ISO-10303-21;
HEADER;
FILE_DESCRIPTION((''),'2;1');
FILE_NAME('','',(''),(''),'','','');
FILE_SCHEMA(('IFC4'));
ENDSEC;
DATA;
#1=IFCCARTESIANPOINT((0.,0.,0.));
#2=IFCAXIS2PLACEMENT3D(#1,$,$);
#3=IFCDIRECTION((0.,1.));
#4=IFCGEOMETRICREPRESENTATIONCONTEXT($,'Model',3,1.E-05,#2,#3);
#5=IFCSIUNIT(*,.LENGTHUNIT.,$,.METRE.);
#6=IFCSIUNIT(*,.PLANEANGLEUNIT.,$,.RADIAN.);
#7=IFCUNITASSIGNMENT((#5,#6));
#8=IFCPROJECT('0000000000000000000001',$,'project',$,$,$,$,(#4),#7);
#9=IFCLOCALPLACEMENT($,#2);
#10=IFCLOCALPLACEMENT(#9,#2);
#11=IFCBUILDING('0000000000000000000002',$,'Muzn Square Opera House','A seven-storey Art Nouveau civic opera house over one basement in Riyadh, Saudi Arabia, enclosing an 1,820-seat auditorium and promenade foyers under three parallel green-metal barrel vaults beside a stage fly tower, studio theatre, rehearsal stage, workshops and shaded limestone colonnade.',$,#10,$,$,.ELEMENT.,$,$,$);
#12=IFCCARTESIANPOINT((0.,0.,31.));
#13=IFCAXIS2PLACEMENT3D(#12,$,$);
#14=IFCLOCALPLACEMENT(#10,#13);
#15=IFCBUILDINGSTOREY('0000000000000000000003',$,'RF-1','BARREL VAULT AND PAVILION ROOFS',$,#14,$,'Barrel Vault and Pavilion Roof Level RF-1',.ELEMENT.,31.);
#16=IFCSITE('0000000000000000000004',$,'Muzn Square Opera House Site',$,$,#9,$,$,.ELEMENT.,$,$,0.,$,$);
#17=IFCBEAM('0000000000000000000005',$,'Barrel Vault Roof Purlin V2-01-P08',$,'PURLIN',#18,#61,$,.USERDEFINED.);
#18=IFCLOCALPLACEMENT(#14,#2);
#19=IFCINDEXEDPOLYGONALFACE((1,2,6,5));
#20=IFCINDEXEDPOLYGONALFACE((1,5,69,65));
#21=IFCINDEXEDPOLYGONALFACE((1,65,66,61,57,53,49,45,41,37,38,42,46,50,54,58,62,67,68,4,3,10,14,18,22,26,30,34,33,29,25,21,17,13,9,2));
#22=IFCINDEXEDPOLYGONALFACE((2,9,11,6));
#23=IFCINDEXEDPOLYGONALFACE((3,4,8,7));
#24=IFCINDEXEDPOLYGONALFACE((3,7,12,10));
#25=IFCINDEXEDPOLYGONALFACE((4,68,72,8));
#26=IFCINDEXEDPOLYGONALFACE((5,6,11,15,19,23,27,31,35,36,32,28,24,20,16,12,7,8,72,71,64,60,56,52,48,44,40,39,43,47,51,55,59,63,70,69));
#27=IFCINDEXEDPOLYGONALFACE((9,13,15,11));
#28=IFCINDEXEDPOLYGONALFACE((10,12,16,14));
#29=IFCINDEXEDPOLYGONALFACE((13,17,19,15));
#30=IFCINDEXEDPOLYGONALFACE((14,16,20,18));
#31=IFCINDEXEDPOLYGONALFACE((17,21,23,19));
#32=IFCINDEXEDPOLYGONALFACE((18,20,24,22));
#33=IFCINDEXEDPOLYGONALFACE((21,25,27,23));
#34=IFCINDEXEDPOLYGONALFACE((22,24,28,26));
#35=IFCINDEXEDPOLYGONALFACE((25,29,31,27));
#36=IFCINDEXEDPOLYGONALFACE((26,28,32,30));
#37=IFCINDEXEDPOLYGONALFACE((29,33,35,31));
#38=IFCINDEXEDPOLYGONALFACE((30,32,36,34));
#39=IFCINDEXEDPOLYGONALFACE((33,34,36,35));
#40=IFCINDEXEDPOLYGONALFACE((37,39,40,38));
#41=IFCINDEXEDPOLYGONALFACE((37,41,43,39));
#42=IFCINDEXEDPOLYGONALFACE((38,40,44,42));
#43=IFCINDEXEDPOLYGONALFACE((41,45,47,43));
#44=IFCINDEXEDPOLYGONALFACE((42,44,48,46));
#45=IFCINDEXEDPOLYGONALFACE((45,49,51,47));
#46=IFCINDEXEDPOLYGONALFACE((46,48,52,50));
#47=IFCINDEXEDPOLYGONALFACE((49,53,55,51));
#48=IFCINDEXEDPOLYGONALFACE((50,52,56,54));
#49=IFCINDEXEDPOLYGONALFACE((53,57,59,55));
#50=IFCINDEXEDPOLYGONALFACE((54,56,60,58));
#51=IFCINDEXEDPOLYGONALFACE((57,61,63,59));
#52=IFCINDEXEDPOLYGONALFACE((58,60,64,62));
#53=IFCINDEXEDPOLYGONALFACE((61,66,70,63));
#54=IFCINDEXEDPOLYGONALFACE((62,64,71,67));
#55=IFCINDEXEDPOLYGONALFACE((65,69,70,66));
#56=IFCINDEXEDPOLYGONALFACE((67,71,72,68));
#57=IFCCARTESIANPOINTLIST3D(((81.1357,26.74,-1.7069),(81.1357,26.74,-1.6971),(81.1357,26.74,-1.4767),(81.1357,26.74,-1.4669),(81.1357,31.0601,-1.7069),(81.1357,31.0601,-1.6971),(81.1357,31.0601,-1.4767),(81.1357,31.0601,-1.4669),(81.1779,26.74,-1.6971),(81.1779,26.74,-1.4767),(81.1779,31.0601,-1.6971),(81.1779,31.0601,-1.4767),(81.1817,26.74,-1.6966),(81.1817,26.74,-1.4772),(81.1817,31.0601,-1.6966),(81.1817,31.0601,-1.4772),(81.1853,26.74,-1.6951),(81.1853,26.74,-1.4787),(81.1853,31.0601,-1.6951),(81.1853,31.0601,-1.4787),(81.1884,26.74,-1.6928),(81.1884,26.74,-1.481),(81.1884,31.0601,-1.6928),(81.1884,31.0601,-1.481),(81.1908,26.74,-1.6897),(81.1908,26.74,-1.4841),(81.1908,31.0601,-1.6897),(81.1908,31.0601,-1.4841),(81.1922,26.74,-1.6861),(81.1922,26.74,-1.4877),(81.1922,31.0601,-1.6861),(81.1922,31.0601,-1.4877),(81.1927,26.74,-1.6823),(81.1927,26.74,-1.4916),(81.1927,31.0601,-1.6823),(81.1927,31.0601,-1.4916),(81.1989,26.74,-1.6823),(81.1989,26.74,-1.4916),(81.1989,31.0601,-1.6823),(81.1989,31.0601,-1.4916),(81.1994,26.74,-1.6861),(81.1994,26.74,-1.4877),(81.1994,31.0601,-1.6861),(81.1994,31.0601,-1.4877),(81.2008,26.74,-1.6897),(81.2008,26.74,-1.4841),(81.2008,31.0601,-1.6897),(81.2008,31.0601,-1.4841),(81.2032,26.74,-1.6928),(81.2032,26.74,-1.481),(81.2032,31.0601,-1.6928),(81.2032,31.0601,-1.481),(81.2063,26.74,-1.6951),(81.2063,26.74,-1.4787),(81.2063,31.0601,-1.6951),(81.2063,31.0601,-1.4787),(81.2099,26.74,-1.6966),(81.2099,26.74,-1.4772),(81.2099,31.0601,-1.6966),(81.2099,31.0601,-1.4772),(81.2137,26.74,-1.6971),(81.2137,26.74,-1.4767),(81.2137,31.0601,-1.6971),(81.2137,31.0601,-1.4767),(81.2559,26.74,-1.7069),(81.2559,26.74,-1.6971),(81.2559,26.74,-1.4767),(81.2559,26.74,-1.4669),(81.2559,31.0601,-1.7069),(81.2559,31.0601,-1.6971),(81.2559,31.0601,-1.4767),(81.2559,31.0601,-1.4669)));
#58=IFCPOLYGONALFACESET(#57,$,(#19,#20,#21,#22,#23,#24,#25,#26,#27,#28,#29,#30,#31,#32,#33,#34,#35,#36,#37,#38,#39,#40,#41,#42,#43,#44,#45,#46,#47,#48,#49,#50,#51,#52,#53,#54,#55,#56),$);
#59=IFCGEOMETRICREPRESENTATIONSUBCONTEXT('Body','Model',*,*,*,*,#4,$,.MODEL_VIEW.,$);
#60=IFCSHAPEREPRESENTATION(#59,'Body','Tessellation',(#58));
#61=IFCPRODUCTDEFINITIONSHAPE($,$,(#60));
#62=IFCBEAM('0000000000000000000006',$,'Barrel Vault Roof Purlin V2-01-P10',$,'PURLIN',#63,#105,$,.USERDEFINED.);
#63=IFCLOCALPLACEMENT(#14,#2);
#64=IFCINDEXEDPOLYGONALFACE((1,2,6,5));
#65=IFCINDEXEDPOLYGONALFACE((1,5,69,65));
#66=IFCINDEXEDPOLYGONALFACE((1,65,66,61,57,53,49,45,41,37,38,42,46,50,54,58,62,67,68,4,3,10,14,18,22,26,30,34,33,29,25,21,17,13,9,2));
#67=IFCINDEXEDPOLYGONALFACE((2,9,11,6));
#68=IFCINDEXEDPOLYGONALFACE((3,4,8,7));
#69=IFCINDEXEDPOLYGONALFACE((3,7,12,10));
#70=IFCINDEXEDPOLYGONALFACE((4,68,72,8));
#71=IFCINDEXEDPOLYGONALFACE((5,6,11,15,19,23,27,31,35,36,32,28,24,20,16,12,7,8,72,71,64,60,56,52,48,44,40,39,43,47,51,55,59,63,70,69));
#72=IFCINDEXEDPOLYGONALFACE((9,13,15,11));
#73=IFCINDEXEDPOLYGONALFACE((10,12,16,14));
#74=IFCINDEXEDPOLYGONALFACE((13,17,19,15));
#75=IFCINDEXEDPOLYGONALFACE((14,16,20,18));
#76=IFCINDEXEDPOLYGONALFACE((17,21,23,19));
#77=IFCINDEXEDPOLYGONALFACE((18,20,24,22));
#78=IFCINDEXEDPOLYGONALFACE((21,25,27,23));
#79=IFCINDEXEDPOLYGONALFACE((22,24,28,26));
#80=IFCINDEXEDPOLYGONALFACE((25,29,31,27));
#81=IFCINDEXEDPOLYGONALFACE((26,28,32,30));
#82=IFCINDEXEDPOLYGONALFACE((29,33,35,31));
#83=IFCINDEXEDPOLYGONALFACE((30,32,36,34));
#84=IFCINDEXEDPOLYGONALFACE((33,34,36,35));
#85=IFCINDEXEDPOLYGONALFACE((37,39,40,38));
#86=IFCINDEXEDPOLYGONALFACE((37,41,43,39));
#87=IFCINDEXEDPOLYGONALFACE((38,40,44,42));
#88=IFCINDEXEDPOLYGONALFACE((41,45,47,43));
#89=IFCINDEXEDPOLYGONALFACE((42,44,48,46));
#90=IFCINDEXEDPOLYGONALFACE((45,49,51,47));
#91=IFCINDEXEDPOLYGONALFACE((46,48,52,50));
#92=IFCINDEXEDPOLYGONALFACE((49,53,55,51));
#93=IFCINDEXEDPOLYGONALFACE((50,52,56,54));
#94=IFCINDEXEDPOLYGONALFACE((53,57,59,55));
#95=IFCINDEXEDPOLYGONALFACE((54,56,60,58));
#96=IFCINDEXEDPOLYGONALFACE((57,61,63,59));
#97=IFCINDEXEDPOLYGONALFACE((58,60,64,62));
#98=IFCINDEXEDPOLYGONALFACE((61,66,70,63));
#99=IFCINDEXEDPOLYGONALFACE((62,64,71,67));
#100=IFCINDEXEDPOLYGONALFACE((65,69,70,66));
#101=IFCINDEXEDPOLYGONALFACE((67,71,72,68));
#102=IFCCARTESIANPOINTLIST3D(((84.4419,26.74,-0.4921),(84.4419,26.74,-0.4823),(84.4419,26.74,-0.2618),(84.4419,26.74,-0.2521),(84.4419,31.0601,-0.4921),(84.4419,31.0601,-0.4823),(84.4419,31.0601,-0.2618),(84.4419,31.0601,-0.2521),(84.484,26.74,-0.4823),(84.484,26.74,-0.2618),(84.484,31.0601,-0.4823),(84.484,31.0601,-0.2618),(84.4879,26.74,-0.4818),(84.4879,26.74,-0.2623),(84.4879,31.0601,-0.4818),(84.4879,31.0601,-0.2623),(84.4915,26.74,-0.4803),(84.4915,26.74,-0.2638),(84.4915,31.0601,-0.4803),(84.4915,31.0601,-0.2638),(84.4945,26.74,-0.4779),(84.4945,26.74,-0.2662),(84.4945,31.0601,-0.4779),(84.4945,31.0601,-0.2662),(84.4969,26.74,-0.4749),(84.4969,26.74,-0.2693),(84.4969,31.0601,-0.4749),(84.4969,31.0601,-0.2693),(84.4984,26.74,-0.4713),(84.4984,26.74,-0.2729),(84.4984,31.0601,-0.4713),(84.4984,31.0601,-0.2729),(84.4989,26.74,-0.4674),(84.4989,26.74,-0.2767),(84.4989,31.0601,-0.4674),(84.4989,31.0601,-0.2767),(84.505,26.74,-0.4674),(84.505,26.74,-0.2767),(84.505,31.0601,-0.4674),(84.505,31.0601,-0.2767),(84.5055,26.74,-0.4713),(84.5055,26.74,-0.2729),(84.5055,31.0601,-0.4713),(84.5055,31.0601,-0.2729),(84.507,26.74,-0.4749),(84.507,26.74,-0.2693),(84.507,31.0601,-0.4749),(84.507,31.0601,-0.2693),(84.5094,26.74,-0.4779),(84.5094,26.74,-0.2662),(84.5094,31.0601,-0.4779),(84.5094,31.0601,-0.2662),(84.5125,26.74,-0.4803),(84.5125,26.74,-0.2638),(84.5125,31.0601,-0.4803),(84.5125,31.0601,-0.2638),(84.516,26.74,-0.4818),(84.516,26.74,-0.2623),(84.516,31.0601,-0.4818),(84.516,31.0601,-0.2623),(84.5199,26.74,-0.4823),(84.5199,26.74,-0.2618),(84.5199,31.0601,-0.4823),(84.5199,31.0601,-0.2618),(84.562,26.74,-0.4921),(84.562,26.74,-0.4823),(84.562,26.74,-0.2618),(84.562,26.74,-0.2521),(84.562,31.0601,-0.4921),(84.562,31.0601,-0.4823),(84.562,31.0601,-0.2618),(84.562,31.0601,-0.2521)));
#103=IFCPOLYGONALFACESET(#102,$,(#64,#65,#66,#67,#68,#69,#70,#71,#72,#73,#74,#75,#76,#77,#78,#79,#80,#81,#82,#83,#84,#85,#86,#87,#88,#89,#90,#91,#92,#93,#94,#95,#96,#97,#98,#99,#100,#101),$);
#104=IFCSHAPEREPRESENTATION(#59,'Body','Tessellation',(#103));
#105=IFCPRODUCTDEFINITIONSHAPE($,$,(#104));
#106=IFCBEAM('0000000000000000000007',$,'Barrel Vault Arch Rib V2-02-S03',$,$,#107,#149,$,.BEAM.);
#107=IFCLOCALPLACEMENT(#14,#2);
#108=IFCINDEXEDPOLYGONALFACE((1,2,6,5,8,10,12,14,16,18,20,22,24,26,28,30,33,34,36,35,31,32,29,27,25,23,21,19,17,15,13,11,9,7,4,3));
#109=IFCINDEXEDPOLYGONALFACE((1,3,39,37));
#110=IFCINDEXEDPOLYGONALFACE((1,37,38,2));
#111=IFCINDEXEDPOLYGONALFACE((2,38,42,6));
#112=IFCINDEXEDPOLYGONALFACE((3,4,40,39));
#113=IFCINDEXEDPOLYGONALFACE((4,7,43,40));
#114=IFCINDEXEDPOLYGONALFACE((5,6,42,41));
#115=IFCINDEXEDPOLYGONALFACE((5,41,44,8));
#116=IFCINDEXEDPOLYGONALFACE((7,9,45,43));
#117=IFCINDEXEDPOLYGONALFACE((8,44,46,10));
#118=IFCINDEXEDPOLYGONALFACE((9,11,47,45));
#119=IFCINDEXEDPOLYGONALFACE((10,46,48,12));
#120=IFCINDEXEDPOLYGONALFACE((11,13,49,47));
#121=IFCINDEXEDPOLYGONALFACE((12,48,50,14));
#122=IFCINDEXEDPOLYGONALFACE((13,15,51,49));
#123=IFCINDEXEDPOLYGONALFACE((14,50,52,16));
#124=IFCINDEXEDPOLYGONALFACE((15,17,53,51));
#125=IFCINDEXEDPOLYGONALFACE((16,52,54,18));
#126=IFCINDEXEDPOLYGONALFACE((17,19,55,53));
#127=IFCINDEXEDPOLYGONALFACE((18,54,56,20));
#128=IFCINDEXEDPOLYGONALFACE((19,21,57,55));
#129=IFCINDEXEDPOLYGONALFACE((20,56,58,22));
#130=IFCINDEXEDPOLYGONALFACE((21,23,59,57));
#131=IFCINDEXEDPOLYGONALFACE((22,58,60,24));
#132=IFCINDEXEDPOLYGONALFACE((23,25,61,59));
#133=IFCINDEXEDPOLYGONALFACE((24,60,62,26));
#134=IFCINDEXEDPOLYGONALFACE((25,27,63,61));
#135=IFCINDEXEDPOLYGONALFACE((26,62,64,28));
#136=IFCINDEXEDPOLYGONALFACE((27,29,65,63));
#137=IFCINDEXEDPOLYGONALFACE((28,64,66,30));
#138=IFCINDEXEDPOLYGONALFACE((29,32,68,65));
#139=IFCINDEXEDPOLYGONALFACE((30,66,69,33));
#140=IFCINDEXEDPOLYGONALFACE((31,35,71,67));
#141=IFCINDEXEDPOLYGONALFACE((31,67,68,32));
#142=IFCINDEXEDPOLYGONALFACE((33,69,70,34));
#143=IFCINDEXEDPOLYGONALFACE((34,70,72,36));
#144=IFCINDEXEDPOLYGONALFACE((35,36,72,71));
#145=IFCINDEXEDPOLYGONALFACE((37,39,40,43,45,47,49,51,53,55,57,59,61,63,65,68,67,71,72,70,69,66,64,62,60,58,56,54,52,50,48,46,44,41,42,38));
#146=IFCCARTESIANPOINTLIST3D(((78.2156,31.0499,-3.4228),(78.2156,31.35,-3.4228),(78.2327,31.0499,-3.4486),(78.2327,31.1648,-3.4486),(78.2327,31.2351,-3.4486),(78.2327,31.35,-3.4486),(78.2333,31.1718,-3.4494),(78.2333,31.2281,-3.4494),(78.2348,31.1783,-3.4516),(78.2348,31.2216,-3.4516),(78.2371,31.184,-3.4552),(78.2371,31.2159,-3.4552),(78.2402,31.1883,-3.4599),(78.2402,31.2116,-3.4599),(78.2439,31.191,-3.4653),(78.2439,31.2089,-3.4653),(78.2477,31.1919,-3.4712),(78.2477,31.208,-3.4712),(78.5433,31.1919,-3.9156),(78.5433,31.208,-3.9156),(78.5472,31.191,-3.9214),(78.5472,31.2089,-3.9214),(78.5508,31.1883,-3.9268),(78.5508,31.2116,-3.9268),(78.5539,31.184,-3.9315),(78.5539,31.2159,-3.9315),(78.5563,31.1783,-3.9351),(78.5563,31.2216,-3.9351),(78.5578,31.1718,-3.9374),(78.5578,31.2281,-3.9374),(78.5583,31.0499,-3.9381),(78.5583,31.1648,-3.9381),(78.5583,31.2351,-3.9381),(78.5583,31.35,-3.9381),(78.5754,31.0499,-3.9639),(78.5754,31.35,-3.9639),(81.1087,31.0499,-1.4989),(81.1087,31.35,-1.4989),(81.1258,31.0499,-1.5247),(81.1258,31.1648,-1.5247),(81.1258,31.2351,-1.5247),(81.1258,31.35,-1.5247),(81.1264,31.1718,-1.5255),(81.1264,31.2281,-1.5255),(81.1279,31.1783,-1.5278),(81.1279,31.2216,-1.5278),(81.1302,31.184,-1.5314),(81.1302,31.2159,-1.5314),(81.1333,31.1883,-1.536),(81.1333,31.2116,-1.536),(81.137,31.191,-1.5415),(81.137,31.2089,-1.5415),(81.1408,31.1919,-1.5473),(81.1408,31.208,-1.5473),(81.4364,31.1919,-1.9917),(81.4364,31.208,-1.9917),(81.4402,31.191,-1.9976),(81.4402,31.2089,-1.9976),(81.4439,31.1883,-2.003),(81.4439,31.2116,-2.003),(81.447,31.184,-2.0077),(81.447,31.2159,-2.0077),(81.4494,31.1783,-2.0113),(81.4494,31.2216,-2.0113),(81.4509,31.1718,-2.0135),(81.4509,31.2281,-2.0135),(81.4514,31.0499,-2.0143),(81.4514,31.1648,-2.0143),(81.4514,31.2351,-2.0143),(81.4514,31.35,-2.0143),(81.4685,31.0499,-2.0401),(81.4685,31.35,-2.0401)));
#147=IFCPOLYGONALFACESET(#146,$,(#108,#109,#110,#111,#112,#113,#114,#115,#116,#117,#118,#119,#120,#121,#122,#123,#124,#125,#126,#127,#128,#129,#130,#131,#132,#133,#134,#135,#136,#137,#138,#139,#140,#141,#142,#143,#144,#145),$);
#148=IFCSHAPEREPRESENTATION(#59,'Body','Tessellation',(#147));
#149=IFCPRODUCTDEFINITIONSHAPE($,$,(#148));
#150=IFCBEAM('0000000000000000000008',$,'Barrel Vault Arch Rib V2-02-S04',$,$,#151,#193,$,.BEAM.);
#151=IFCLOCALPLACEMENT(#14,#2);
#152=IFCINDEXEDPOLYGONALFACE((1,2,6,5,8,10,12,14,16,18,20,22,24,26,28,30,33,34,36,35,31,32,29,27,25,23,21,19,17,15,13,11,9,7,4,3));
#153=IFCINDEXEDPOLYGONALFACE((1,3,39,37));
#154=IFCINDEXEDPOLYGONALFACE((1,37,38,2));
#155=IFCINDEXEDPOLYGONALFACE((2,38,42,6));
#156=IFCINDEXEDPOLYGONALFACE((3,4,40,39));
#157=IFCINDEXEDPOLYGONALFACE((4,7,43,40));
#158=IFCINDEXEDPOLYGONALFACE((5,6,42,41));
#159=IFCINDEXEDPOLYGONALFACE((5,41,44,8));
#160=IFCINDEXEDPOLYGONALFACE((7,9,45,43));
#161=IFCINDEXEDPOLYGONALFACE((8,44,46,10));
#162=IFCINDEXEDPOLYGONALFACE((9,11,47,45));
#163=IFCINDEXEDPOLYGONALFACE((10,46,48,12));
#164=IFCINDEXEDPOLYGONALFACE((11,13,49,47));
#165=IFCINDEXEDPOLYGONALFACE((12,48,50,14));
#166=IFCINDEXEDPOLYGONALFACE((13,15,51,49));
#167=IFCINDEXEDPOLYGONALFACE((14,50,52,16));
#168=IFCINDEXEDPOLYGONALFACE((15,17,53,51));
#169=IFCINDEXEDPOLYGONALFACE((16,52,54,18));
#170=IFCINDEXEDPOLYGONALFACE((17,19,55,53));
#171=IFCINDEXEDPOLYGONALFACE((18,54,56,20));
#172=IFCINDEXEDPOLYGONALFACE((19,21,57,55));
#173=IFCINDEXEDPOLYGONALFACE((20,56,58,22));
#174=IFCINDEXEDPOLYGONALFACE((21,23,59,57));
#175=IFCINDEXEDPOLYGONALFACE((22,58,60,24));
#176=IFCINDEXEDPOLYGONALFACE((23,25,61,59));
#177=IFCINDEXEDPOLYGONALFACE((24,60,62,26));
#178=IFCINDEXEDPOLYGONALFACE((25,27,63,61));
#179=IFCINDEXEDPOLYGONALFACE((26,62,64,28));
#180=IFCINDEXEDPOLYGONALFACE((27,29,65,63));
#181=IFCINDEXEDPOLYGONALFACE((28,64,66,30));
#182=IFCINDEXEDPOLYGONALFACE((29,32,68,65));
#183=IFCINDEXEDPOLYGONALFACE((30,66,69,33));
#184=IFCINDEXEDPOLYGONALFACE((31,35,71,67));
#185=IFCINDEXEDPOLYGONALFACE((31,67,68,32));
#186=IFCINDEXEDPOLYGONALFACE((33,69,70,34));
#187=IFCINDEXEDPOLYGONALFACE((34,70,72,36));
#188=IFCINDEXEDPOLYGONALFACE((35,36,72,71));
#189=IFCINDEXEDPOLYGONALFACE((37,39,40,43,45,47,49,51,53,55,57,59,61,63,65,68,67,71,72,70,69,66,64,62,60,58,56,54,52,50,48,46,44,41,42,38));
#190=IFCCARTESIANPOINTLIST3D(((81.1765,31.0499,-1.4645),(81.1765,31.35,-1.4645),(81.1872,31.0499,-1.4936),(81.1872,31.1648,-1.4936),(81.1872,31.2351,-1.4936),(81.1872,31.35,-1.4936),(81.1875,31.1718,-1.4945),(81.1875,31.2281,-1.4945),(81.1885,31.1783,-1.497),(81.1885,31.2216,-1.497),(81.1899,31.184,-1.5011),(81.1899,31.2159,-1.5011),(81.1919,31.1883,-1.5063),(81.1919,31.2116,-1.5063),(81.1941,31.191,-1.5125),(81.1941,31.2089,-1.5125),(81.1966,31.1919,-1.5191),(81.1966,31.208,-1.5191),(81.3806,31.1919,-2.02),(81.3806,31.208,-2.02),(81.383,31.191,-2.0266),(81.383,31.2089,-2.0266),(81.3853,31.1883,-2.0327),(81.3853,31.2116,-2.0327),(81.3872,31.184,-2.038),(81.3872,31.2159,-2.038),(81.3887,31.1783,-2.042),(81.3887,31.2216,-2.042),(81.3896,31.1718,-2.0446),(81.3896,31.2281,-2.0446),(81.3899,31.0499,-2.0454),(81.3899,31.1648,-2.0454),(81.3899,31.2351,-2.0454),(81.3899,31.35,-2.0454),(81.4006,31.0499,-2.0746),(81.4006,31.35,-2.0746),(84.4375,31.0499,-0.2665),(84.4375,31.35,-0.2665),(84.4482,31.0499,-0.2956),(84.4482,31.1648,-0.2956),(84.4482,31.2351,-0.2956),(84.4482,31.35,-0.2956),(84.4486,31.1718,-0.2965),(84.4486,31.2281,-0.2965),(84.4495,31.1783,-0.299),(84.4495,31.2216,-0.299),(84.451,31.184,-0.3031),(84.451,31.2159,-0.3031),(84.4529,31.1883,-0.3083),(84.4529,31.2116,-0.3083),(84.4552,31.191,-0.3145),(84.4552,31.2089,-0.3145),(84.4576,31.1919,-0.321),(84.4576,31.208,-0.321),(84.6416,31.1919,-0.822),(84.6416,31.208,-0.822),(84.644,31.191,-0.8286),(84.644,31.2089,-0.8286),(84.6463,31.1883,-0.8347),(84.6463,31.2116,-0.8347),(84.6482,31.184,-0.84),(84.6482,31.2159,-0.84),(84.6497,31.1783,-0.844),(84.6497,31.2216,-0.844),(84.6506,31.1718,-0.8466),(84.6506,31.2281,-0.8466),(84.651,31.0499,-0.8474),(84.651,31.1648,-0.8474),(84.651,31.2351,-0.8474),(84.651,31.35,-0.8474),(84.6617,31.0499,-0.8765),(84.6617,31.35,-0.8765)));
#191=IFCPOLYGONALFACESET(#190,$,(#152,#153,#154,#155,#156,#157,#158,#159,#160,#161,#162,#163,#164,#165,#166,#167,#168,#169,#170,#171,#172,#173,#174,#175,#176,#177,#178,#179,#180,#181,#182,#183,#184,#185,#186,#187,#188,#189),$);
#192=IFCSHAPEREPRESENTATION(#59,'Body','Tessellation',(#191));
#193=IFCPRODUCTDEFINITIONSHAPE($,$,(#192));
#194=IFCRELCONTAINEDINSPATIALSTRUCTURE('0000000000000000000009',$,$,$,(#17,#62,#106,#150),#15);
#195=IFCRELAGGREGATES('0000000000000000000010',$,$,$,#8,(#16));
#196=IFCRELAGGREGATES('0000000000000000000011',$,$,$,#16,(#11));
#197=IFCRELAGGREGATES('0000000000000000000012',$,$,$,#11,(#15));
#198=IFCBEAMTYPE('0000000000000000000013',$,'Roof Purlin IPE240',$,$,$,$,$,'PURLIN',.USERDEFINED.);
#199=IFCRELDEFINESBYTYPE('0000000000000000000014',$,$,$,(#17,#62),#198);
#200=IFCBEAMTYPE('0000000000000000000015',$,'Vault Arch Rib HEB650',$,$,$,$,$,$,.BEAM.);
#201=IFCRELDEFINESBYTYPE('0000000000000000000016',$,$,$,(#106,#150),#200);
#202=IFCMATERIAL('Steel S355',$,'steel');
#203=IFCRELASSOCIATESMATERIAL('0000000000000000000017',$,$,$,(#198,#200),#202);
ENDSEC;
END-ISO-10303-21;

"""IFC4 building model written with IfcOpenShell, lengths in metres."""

from ifc_helpers import new_model, si_unit, direction, frame, origin, origin_2d, place, context, subcontext, project, spatial, i_section, extrude, material, material_profile, profile_set, type_object, element, save


model = new_model("IFC4")

# Units and contexts
model_context = context("Model", 3, precision=1e-05, world=origin(), true_north=direction((0.0, 1.0)))
body_context = subcontext(model_context, "Body", "Model", "MODEL_VIEW")
ifc_project = project(units=[si_unit("LENGTHUNIT", "METRE"), si_unit("PLANEANGLEUNIT", "RADIAN")], contexts=[model_context])

# Site, building, storey
site_placement = place(None, origin())
site = spatial("IfcSite", under=ifc_project, at=site_placement, Name="Muzn Square Opera House Site", CompositionType="ELEMENT", RefElevation=0.0)
building_placement = place(site_placement, origin())
building = spatial("IfcBuilding", under=site, at=building_placement, Name="Muzn Square Opera House", Description="A seven-storey Art Nouveau civic opera house over one basement in Riyadh, Saudi Arabia, enclosing an 1,820-seat auditorium and promenade foyers under three parallel green-metal barrel vaults beside a stage fly tower, studio theatre, rehearsal stage, workshops and shaded limestone colonnade.", CompositionType="ELEMENT")
storey_placement = place(building_placement, frame((0.0, 0.0, 31.0)))
storey = spatial("IfcBuildingStorey", under=building, at=storey_placement, Name="RF-1", Description="BARREL VAULT AND PAVILION ROOFS", LongName="Barrel Vault and Pavilion Roof Level RF-1", CompositionType="ELEMENT", Elevation=31.0)

# Beams
ifc_material_1 = material(Name="Steel S355", Category="steel")
ifc_material_profile_1 = material_profile(ifc_material_1, i_section(OverallWidth=0.1201, OverallDepth=0.24, WebThickness=0.0061, FlangeThickness=0.0098, FilletRadius=0.0149, at=origin_2d()), Name="IPE 240", Category="steel")
ifc_profile_set_1 = profile_set([ifc_material_profile_1], Name="Steel S355")
beam_type_1 = type_object("IfcBeamType", Name="Roof Purlin IPE240", ElementType="PURLIN", PredefinedType="USERDEFINED", material=ifc_profile_set_1)
for number, where, z_axis, x_axis, name in (
    (1, (81.1958, 26.74, -1.5869), (0.0, 1.0, 0.0), (-1.0, 0.0, 0.0), "Barrel Vault Roof Purlin V2-01-P08"),
    (2, (84.502, 26.74, -0.3721), (0.0, 1.0, 0.0), (-1.0, 0.0, 0.0), "Barrel Vault Roof Purlin V2-01-P10"),
):
    element("IfcBeam", number, at=place(storey_placement, frame(where, z_axis=z_axis, x_axis=x_axis)), inside=storey, type_object=beam_type_1, Name=name, ObjectType="PURLIN", PredefinedType="USERDEFINED", context=body_context, shape_type="SweptSolid", body=[
        extrude(i_section(OverallWidth=0.1201, OverallDepth=0.24, WebThickness=0.0061, FlangeThickness=0.0098, FilletRadius=0.0149, at=origin_2d()), origin(), (0.0, 0.0, 1.0), 4.3201),
    ])
ifc_material_profile_2 = material_profile(ifc_material_1, i_section(OverallWidth=0.3, OverallDepth=0.6499, WebThickness=0.0161, FlangeThickness=0.031, FilletRadius=0.0271, at=origin_2d()), Name="HEB 650", Category="steel")
ifc_profile_set_2 = profile_set([ifc_material_profile_2], Name="Steel S355")
beam_type_2 = type_object("IfcBeamType", Name="Vault Arch Rib HEB650", PredefinedType="BEAM", material=ifc_profile_set_2)
beam_1_placement = place(storey_placement, frame((78.3955, 31.2, -3.6934), z_axis=(0.832698, 0.0, 0.553727), x_axis=(0.0, 1.0, 0.0)))
element("IfcBeam", 3, at=beam_1_placement, inside=storey, type_object=beam_type_2, Name="Barrel Vault Arch Rib V2-02-S03", PredefinedType="BEAM", context=body_context, shape_type="SweptSolid", body=[
    extrude(i_section(OverallWidth=0.3, OverallDepth=0.6499, WebThickness=0.0161, FlangeThickness=0.031, FilletRadius=0.0271, at=origin_2d()), origin(), (0.0, 0.0, 1.0), 3.4744),
])
beam_2_placement = place(storey_placement, frame((81.2886, 31.2, -1.7695), z_axis=(0.938662, 0.0, 0.344839), x_axis=(0.0, 1.0, 0.0)))
element("IfcBeam", 4, at=beam_2_placement, inside=storey, type_object=beam_type_2, Name="Barrel Vault Arch Rib V2-02-S04", PredefinedType="BEAM", context=body_context, shape_type="SweptSolid", body=[
    extrude(i_section(OverallWidth=0.3, OverallDepth=0.6499, WebThickness=0.0161, FlangeThickness=0.031, FilletRadius=0.0271, at=origin_2d()), origin(), (0.0, 0.0, 1.0), 3.4741),
])

save(model, "model.ifc")
